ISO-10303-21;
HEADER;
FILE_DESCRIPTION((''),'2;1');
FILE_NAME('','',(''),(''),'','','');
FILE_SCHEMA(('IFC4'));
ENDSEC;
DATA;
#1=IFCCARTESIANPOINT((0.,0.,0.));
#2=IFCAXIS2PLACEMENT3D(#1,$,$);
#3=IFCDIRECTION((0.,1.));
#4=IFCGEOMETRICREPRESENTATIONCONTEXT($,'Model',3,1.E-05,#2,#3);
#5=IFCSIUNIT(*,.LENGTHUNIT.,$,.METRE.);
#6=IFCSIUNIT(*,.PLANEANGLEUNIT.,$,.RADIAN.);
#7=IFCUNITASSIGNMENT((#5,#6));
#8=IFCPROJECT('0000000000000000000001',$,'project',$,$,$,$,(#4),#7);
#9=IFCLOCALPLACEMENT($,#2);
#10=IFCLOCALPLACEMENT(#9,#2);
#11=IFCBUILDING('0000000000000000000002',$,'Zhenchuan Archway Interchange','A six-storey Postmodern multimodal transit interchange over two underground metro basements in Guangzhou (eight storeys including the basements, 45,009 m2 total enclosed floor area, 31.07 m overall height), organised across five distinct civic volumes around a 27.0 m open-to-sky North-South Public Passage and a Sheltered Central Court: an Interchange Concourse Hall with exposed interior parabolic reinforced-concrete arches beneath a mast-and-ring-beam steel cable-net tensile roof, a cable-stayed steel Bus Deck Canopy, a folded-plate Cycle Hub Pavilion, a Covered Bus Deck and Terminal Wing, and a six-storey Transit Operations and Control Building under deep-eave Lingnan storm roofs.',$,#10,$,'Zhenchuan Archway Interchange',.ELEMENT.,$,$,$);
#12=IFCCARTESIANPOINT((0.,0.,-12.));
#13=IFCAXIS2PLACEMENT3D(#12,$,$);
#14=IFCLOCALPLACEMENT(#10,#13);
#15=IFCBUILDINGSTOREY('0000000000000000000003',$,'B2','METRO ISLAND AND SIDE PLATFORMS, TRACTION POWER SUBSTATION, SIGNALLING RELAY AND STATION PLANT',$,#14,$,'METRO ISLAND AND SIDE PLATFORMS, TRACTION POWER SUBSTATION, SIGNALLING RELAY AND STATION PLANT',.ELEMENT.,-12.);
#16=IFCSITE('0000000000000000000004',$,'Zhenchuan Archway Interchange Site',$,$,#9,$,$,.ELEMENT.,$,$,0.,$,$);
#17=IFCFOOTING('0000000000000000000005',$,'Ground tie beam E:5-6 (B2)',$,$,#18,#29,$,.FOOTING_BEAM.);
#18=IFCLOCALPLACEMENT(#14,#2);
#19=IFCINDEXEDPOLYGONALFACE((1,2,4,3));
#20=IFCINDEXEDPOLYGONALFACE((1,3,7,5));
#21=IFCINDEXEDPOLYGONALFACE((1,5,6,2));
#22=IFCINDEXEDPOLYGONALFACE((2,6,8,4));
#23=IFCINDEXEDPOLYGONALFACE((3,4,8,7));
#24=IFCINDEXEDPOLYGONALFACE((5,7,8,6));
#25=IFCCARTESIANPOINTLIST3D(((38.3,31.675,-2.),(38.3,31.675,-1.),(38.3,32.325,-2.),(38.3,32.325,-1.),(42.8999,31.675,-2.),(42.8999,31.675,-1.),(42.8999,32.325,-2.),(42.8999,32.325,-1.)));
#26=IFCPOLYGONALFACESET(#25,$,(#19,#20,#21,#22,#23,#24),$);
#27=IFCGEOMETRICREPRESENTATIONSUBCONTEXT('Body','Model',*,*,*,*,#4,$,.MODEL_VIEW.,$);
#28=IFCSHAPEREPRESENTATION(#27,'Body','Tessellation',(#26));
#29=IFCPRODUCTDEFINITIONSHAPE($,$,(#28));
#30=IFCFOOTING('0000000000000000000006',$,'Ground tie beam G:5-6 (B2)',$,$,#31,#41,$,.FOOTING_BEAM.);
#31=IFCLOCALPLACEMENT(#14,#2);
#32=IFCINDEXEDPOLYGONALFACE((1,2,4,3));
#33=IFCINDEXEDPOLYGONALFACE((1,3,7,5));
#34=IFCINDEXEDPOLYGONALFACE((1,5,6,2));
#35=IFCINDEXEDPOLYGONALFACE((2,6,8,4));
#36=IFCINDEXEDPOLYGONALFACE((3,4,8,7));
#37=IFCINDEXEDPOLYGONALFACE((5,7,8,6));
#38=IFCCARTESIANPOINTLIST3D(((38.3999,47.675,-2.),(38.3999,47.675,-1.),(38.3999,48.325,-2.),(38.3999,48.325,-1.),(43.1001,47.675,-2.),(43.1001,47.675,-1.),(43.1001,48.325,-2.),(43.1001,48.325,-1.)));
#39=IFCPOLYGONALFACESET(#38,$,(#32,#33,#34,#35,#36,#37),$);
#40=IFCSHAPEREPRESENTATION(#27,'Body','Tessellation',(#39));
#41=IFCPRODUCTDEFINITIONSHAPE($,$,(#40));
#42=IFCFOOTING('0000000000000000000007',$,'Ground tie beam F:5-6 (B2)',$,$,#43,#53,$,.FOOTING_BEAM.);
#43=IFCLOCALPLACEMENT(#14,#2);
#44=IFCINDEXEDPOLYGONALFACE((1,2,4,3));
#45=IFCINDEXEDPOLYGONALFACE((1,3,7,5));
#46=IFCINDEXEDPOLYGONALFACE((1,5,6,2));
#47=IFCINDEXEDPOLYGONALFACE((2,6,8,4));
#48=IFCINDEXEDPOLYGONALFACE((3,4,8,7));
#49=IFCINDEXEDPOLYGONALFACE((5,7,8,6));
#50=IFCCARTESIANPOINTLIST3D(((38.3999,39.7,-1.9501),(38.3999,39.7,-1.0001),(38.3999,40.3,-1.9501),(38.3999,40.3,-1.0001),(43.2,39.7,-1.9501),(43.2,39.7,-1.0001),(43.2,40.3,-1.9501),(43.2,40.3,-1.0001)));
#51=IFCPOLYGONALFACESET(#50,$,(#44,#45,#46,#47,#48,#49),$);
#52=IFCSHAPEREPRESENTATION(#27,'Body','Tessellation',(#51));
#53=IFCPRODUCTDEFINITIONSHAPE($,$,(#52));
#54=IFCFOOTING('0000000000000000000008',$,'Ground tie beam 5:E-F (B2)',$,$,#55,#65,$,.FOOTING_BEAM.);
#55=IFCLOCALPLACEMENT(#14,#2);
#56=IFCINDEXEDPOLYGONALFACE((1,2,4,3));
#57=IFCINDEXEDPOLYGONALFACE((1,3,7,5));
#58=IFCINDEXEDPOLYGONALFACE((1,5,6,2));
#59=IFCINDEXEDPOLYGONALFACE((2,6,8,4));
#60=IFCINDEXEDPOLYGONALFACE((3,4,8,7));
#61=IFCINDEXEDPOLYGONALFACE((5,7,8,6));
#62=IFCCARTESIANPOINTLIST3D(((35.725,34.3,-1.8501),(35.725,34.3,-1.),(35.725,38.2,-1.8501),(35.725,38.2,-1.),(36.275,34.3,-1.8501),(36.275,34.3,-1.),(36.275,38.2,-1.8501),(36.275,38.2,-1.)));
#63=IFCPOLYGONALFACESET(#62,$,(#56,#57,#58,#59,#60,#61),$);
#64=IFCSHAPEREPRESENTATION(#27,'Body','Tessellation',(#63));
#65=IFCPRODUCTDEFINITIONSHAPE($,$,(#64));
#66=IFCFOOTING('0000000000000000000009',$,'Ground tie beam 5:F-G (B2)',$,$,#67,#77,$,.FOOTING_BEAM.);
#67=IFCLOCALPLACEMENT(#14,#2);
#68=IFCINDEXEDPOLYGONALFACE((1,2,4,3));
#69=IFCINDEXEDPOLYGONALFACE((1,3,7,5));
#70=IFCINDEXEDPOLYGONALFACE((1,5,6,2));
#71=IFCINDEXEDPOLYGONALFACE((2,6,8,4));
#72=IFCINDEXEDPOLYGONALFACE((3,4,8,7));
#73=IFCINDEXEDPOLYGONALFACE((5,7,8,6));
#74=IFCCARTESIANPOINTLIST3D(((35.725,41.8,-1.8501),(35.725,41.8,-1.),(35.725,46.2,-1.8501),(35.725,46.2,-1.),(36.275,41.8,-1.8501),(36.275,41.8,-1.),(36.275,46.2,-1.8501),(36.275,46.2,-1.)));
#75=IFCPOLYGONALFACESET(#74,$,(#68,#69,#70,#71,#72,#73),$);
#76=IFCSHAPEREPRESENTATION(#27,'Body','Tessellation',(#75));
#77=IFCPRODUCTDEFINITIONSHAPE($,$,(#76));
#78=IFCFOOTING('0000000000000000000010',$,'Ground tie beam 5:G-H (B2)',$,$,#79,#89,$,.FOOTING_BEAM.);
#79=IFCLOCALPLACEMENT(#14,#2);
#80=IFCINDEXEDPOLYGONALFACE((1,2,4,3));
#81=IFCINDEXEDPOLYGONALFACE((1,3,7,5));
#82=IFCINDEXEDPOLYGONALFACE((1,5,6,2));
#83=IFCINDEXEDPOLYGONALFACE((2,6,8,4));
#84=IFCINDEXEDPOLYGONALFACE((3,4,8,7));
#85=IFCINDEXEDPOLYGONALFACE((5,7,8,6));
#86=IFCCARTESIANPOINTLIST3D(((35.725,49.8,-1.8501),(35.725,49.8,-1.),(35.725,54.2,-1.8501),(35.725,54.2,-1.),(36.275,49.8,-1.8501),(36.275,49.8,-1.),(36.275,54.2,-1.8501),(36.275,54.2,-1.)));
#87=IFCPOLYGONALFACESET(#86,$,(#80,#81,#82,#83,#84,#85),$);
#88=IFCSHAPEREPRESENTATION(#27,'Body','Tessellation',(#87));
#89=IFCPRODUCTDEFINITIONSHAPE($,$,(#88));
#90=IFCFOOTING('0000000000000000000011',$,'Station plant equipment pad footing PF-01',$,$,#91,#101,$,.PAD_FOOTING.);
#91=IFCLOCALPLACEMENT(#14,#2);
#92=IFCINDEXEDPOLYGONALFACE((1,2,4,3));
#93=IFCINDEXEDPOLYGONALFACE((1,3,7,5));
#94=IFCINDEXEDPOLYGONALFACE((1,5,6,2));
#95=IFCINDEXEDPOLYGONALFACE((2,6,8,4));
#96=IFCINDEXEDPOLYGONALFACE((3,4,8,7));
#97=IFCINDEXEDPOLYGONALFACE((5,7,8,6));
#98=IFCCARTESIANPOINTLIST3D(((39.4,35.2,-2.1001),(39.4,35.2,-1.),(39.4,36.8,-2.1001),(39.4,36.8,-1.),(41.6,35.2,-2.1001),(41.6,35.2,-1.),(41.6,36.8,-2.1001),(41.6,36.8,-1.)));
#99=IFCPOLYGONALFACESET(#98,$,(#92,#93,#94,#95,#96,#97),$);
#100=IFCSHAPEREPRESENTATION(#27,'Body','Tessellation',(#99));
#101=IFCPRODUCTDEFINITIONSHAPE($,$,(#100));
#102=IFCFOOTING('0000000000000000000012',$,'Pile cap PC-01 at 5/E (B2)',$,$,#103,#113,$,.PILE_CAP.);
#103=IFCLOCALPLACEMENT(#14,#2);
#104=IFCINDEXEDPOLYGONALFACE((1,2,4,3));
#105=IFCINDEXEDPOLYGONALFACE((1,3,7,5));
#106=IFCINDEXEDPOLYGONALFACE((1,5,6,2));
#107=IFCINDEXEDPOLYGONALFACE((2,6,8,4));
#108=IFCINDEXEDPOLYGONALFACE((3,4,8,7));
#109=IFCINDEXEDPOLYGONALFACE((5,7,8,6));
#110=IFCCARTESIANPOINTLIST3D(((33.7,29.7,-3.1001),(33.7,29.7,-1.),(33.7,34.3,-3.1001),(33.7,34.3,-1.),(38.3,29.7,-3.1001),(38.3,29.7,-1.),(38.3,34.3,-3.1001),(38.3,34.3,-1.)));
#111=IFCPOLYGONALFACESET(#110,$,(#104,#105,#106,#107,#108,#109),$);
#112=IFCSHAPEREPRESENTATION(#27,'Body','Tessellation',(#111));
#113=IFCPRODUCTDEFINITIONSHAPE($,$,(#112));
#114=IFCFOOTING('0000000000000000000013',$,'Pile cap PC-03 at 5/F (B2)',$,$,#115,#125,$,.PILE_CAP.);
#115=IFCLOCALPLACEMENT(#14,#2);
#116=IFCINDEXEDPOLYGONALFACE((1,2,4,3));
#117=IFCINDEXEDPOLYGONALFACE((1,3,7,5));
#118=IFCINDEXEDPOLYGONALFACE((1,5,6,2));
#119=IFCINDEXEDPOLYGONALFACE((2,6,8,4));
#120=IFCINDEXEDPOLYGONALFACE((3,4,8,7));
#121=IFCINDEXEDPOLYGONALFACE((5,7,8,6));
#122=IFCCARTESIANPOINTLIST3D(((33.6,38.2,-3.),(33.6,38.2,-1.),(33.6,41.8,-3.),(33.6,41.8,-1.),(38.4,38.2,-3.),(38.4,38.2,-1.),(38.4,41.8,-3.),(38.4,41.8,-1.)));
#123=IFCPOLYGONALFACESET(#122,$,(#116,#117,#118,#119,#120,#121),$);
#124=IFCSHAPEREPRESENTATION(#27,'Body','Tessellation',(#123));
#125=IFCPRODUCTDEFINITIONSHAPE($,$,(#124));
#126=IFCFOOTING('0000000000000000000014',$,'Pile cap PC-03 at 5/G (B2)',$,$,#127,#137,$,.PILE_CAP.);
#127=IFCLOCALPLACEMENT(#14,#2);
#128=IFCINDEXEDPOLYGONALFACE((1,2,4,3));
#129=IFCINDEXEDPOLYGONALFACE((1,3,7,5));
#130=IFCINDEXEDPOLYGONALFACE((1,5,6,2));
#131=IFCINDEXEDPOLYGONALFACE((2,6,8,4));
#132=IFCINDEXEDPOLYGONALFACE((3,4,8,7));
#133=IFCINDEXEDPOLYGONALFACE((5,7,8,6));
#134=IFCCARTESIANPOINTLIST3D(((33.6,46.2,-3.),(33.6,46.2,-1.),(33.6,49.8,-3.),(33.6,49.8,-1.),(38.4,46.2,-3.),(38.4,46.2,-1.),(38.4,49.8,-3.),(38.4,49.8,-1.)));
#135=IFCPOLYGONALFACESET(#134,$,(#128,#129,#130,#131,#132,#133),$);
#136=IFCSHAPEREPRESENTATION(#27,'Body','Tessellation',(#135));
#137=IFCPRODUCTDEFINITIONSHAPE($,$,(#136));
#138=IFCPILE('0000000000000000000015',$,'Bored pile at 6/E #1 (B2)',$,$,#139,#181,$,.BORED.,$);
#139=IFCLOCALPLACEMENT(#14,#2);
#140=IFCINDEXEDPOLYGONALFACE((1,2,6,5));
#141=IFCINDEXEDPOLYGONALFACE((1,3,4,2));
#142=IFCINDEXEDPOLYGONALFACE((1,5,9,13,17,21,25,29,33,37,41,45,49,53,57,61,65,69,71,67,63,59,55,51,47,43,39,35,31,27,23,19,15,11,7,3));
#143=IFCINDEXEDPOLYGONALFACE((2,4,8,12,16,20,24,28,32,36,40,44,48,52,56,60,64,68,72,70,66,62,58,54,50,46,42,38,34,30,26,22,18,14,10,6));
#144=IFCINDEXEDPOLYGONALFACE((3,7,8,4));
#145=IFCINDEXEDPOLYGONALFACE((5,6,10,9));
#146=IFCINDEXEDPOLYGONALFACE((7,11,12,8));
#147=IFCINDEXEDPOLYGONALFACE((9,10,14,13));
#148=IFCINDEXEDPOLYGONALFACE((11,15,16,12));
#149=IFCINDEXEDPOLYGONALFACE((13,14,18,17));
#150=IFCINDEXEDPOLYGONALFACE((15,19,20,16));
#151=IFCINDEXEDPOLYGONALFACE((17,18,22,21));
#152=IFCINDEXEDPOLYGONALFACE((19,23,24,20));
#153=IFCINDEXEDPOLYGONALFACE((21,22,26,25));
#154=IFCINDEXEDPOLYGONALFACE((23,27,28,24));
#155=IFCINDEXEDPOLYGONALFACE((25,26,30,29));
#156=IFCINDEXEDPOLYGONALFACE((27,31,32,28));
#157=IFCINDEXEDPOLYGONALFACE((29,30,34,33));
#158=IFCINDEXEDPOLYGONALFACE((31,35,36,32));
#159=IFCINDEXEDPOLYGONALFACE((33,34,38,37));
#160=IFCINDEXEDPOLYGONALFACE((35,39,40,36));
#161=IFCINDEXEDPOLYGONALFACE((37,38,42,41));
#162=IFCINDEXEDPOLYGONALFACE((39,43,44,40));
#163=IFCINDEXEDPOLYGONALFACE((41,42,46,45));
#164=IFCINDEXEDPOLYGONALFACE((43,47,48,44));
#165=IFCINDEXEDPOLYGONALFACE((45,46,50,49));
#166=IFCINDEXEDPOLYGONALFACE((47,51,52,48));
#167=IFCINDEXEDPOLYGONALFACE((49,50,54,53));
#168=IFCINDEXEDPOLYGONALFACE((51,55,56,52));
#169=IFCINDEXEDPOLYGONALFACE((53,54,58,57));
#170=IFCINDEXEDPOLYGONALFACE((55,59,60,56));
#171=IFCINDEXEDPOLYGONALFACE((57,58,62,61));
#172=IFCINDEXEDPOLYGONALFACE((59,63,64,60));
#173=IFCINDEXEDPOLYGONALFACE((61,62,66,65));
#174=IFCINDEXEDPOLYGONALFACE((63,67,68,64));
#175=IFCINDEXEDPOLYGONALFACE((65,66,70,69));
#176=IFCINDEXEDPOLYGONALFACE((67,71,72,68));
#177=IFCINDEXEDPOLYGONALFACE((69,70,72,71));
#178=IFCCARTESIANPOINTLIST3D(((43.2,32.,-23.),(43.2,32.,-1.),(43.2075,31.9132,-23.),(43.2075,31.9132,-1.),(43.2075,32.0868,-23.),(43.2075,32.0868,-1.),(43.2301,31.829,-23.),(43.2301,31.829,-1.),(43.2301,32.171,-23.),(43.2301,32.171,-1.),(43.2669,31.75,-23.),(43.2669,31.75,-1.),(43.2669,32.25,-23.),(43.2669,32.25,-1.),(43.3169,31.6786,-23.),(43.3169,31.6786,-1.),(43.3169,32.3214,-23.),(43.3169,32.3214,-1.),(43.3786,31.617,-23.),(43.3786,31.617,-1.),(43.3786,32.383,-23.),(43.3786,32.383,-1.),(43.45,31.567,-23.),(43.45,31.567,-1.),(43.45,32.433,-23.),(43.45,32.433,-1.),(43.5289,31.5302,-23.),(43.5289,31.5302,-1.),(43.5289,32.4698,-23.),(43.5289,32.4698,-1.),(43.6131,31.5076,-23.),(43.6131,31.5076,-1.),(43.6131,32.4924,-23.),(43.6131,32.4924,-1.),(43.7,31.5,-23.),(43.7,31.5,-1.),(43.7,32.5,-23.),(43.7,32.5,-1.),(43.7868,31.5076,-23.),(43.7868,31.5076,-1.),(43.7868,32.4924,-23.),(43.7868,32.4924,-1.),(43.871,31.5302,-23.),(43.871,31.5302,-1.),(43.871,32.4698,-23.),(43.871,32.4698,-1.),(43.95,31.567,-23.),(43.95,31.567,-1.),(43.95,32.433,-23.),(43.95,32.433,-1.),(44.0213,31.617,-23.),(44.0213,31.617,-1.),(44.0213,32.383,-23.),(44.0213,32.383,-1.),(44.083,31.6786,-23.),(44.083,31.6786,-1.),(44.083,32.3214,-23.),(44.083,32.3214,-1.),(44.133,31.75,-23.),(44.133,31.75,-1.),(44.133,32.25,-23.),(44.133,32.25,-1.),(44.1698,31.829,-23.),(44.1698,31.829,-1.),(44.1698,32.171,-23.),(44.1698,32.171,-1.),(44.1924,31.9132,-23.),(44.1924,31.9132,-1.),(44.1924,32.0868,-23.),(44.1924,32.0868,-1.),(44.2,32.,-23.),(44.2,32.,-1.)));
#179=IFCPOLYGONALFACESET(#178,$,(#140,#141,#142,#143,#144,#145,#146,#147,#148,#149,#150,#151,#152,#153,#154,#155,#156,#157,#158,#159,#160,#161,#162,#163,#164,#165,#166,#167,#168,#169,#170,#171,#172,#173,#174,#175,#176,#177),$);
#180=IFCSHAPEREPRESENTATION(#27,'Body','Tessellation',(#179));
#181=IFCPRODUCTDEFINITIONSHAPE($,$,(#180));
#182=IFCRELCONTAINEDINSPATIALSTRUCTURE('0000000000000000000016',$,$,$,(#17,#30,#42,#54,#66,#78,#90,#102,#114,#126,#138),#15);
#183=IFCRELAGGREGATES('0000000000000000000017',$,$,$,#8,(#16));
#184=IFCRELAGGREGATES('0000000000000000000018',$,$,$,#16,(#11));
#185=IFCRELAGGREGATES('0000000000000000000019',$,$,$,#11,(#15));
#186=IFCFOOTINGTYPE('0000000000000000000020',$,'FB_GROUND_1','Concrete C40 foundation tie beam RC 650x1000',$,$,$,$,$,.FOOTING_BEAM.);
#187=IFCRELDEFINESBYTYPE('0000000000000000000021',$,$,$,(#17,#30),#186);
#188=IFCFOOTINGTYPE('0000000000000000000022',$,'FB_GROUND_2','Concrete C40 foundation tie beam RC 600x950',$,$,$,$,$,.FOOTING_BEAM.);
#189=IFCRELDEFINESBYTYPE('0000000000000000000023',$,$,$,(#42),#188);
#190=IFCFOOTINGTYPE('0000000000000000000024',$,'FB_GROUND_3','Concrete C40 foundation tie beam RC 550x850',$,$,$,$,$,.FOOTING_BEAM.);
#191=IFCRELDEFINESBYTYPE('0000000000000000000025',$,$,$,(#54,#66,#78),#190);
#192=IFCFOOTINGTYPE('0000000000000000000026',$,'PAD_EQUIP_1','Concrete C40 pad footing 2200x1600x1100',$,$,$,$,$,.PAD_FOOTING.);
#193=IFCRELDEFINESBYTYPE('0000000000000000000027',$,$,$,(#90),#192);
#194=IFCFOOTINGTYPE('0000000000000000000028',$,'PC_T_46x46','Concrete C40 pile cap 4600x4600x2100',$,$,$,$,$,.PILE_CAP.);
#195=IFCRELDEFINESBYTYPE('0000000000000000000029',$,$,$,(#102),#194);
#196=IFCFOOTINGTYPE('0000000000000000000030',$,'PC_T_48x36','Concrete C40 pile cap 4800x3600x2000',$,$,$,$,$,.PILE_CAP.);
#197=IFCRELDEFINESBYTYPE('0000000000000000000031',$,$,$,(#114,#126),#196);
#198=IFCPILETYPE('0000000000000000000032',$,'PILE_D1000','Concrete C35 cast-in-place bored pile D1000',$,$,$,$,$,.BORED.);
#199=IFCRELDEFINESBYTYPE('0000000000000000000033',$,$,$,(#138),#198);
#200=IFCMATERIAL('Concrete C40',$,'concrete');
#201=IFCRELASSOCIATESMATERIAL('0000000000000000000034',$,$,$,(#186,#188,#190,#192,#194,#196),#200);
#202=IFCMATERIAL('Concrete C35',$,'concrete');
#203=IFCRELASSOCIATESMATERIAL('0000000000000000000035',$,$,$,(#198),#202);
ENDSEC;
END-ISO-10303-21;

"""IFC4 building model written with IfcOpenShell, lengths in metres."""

from ifc_helpers import new_model, si_unit, direction, frame, origin, origin_2d, place, context, subcontext, project, spatial, rectangle, circle, extrude, material, material_profile, profile_set, type_object, element, save


model = new_model("IFC4")

# Units and contexts
model_context = context("Model", 3, precision=1e-05, world=origin(), true_north=direction((0.0, 1.0)))
body_context = subcontext(model_context, "Body", "Model", "MODEL_VIEW")
ifc_project = project(units=[si_unit("LENGTHUNIT", "METRE"), si_unit("PLANEANGLEUNIT", "RADIAN")], contexts=[model_context])

# Site, building, storey
site_placement = place(None, origin())
site = spatial("IfcSite", under=ifc_project, at=site_placement, Name="Zhenchuan Archway Interchange Site", CompositionType="ELEMENT", RefElevation=0.0)
building_placement = place(site_placement, origin())
building = spatial("IfcBuilding", under=site, at=building_placement, Name="Zhenchuan Archway Interchange", Description="A six-storey Postmodern multimodal transit interchange over two underground metro basements in Guangzhou (eight storeys including the basements, 45,009 m2 total enclosed floor area, 31.07 m overall height), organised across five distinct civic volumes around a 27.0 m open-to-sky North-South Public Passage and a Sheltered Central Court: an Interchange Concourse Hall with exposed interior parabolic reinforced-concrete arches beneath a mast-and-ring-beam steel cable-net tensile roof, a cable-stayed steel Bus Deck Canopy, a folded-plate Cycle Hub Pavilion, a Covered Bus Deck and Terminal Wing, and a six-storey Transit Operations and Control Building under deep-eave Lingnan storm roofs.", LongName="Zhenchuan Archway Interchange", CompositionType="ELEMENT")
storey_placement = place(building_placement, frame((0.0, 0.0, -12.0)))
storey = spatial("IfcBuildingStorey", under=building, at=storey_placement, Name="B2", Description="METRO ISLAND AND SIDE PLATFORMS, TRACTION POWER SUBSTATION, SIGNALLING RELAY AND STATION PLANT", LongName="METRO ISLAND AND SIDE PLATFORMS, TRACTION POWER SUBSTATION, SIGNALLING RELAY AND STATION PLANT", CompositionType="ELEMENT", Elevation=-12.0)

# Footings
ifc_material_1 = material(Name="Concrete C40", Category="concrete")
ifc_material_profile_1 = material_profile(ifc_material_1, rectangle(XDim=0.6499, YDim=1.0, at=origin_2d()), Name="RC 650x1000")
ifc_profile_set_1 = profile_set([ifc_material_profile_1], Name="Concrete C40")
footing_type_1 = type_object("IfcFootingType", Name="FB_GROUND_1", Description="Concrete C40 foundation tie beam RC 650x1000", PredefinedType="FOOTING_BEAM", material=ifc_profile_set_1)
footing_1_placement = place(storey_placement, frame((38.3, 32.0, -1.5), z_axis=(1.0, 0.0, 0.0), x_axis=(0.0, 1.0, 0.0)))
element("IfcFooting", 1, at=footing_1_placement, inside=storey, type_object=footing_type_1, Name="Ground tie beam E:5-6 (B2)", PredefinedType="FOOTING_BEAM", context=body_context, shape_type="SweptSolid", body=[
    extrude(rectangle(XDim=0.6499, YDim=1.0, at=origin_2d()), origin(), (0.0, 0.0, 1.0), 4.5999),
])
footing_2_placement = place(storey_placement, frame((38.3999, 48.0, -1.5), z_axis=(1.0, 0.0, 0.0), x_axis=(0.0, 1.0, 0.0)))
element("IfcFooting", 2, at=footing_2_placement, inside=storey, type_object=footing_type_1, Name="Ground tie beam G:5-6 (B2)", PredefinedType="FOOTING_BEAM", context=body_context, shape_type="SweptSolid", body=[
    extrude(rectangle(XDim=0.6499, YDim=1.0, at=origin_2d()), origin(), (0.0, 0.0, 1.0), 4.7002),
])
ifc_material_profile_2 = material_profile(ifc_material_1, rectangle(XDim=0.6001, YDim=0.95, at=origin_2d()), Name="RC 600x950")
ifc_profile_set_2 = profile_set([ifc_material_profile_2], Name="Concrete C40")
footing_type_2 = type_object("IfcFootingType", Name="FB_GROUND_2", Description="Concrete C40 foundation tie beam RC 600x950", PredefinedType="FOOTING_BEAM", material=ifc_profile_set_2)
footing_3_placement = place(storey_placement, frame((38.3999, 40.0, -1.4751), z_axis=(1.0, 0.0, 0.0), x_axis=(0.0, 1.0, 0.0)))
element("IfcFooting", 3, at=footing_3_placement, inside=storey, type_object=footing_type_2, Name="Ground tie beam F:5-6 (B2)", PredefinedType="FOOTING_BEAM", context=body_context, shape_type="SweptSolid", body=[
    extrude(rectangle(XDim=0.6001, YDim=0.95, at=origin_2d()), origin(), (0.0, 0.0, 1.0), 4.8),
])
ifc_material_profile_3 = material_profile(ifc_material_1, rectangle(XDim=0.55, YDim=0.8501, at=origin_2d()), Name="RC 550x850")
ifc_profile_set_3 = profile_set([ifc_material_profile_3], Name="Concrete C40")
footing_type_3 = type_object("IfcFootingType", Name="FB_GROUND_3", Description="Concrete C40 foundation tie beam RC 550x850", PredefinedType="FOOTING_BEAM", material=ifc_profile_set_3)
footing_4_placement = place(storey_placement, frame((36.0, 34.3, -1.425), z_axis=(0.0, 1.0, 0.0), x_axis=(-1.0, 0.0, 0.0)))
element("IfcFooting", 4, at=footing_4_placement, inside=storey, type_object=footing_type_3, Name="Ground tie beam 5:E-F (B2)", PredefinedType="FOOTING_BEAM", context=body_context, shape_type="SweptSolid", body=[
    extrude(rectangle(XDim=0.55, YDim=0.8501, at=origin_2d()), origin(), (0.0, 0.0, 1.0), 3.8999),
])
for number, where, z_axis, x_axis, name in (
    (5, (36.0, 41.8, -1.425), (0.0, 1.0, 0.0), (-1.0, 0.0, 0.0), "Ground tie beam 5:F-G (B2)"),
    (6, (36.0, 49.8, -1.425), (0.0, 1.0, 0.0), (-1.0, 0.0, 0.0), "Ground tie beam 5:G-H (B2)"),
):
    element("IfcFooting", number, at=place(storey_placement, frame(where, z_axis=z_axis, x_axis=x_axis)), inside=storey, type_object=footing_type_3, Name=name, PredefinedType="FOOTING_BEAM", context=body_context, shape_type="SweptSolid", body=[
        extrude(rectangle(XDim=0.55, YDim=0.8501, at=origin_2d()), origin(), (0.0, 0.0, 1.0), 4.3999),
    ])
footing_type_4 = type_object("IfcFootingType", Name="PAD_EQUIP_1", Description="Concrete C40 pad footing 2200x1600x1100", PredefinedType="PAD_FOOTING", material=ifc_material_1)
footing_5_placement = place(storey_placement, frame((40.5, 36.0, -2.1001), z_axis=(0.0, 0.0, 1.0), x_axis=(1.0, 0.0, 0.0)))
element("IfcFooting", 7, at=footing_5_placement, inside=storey, type_object=footing_type_4, Name="Station plant equipment pad footing PF-01", PredefinedType="PAD_FOOTING", context=body_context, shape_type="SweptSolid", body=[
    extrude(rectangle(XDim=2.2, YDim=1.6001, at=origin_2d()), origin(), (0.0, 0.0, 1.0), 1.1001),
])
footing_type_5 = type_object("IfcFootingType", Name="PC_T_46x46", Description="Concrete C40 pile cap 4600x4600x2100", PredefinedType="PILE_CAP", material=ifc_material_1)
footing_6_placement = place(storey_placement, frame((36.0, 32.0, -3.1001), z_axis=(0.0, 0.0, 1.0), x_axis=(1.0, 0.0, 0.0)))
element("IfcFooting", 8, at=footing_6_placement, inside=storey, type_object=footing_type_5, Name="Pile cap PC-01 at 5/E (B2)", PredefinedType="PILE_CAP", context=body_context, shape_type="SweptSolid", body=[
    extrude(rectangle(XDim=4.6001, YDim=4.6001, at=origin_2d()), origin(), (0.0, 0.0, 1.0), 2.1001),
])
footing_type_6 = type_object("IfcFootingType", Name="PC_T_48x36", Description="Concrete C40 pile cap 4800x3600x2000", PredefinedType="PILE_CAP", material=ifc_material_1)
for number, where, z_axis, x_axis, name in (
    (9, (36.0, 40.0, -3.0), (0.0, 0.0, 1.0), (1.0, 0.0, 0.0), "Pile cap PC-03 at 5/F (B2)"),
    (10, (36.0, 48.0, -3.0), (0.0, 0.0, 1.0), (1.0, 0.0, 0.0), "Pile cap PC-03 at 5/G (B2)"),
):
    element("IfcFooting", number, at=place(storey_placement, frame(where, z_axis=z_axis, x_axis=x_axis)), inside=storey, type_object=footing_type_6, Name=name, PredefinedType="PILE_CAP", context=body_context, shape_type="SweptSolid", body=[
        extrude(rectangle(XDim=4.8, YDim=3.6001, at=origin_2d()), origin(), (0.0, 0.0, 1.0), 2.0),
    ])

# Pile
ifc_material_2 = material(Name="Concrete C35", Category="concrete")
ifc_material_profile_4 = material_profile(ifc_material_2, circle(Radius=0.5, at=origin_2d()), Name="BORED PILE 1000")
ifc_profile_set_4 = profile_set([ifc_material_profile_4], Name="Concrete C35")
pile_type_1 = type_object("IfcPileType", Name="PILE_D1000", Description="Concrete C35 cast-in-place bored pile D1000", PredefinedType="BORED", material=ifc_profile_set_4)
pile_placement = place(storey_placement, frame((43.7, 32.0, -1.0), z_axis=(0.0, 0.0, -1.0), x_axis=(1.0, 0.0, 0.0)))
element("IfcPile", 11, at=pile_placement, inside=storey, type_object=pile_type_1, Name="Bored pile at 6/E #1 (B2)", PredefinedType="BORED", context=body_context, shape_type="SweptSolid", body=[
    extrude(circle(Radius=0.5, at=origin_2d()), origin(), (0.0, 0.0, 1.0), 22.0),
])

save(model, "model.ifc")
